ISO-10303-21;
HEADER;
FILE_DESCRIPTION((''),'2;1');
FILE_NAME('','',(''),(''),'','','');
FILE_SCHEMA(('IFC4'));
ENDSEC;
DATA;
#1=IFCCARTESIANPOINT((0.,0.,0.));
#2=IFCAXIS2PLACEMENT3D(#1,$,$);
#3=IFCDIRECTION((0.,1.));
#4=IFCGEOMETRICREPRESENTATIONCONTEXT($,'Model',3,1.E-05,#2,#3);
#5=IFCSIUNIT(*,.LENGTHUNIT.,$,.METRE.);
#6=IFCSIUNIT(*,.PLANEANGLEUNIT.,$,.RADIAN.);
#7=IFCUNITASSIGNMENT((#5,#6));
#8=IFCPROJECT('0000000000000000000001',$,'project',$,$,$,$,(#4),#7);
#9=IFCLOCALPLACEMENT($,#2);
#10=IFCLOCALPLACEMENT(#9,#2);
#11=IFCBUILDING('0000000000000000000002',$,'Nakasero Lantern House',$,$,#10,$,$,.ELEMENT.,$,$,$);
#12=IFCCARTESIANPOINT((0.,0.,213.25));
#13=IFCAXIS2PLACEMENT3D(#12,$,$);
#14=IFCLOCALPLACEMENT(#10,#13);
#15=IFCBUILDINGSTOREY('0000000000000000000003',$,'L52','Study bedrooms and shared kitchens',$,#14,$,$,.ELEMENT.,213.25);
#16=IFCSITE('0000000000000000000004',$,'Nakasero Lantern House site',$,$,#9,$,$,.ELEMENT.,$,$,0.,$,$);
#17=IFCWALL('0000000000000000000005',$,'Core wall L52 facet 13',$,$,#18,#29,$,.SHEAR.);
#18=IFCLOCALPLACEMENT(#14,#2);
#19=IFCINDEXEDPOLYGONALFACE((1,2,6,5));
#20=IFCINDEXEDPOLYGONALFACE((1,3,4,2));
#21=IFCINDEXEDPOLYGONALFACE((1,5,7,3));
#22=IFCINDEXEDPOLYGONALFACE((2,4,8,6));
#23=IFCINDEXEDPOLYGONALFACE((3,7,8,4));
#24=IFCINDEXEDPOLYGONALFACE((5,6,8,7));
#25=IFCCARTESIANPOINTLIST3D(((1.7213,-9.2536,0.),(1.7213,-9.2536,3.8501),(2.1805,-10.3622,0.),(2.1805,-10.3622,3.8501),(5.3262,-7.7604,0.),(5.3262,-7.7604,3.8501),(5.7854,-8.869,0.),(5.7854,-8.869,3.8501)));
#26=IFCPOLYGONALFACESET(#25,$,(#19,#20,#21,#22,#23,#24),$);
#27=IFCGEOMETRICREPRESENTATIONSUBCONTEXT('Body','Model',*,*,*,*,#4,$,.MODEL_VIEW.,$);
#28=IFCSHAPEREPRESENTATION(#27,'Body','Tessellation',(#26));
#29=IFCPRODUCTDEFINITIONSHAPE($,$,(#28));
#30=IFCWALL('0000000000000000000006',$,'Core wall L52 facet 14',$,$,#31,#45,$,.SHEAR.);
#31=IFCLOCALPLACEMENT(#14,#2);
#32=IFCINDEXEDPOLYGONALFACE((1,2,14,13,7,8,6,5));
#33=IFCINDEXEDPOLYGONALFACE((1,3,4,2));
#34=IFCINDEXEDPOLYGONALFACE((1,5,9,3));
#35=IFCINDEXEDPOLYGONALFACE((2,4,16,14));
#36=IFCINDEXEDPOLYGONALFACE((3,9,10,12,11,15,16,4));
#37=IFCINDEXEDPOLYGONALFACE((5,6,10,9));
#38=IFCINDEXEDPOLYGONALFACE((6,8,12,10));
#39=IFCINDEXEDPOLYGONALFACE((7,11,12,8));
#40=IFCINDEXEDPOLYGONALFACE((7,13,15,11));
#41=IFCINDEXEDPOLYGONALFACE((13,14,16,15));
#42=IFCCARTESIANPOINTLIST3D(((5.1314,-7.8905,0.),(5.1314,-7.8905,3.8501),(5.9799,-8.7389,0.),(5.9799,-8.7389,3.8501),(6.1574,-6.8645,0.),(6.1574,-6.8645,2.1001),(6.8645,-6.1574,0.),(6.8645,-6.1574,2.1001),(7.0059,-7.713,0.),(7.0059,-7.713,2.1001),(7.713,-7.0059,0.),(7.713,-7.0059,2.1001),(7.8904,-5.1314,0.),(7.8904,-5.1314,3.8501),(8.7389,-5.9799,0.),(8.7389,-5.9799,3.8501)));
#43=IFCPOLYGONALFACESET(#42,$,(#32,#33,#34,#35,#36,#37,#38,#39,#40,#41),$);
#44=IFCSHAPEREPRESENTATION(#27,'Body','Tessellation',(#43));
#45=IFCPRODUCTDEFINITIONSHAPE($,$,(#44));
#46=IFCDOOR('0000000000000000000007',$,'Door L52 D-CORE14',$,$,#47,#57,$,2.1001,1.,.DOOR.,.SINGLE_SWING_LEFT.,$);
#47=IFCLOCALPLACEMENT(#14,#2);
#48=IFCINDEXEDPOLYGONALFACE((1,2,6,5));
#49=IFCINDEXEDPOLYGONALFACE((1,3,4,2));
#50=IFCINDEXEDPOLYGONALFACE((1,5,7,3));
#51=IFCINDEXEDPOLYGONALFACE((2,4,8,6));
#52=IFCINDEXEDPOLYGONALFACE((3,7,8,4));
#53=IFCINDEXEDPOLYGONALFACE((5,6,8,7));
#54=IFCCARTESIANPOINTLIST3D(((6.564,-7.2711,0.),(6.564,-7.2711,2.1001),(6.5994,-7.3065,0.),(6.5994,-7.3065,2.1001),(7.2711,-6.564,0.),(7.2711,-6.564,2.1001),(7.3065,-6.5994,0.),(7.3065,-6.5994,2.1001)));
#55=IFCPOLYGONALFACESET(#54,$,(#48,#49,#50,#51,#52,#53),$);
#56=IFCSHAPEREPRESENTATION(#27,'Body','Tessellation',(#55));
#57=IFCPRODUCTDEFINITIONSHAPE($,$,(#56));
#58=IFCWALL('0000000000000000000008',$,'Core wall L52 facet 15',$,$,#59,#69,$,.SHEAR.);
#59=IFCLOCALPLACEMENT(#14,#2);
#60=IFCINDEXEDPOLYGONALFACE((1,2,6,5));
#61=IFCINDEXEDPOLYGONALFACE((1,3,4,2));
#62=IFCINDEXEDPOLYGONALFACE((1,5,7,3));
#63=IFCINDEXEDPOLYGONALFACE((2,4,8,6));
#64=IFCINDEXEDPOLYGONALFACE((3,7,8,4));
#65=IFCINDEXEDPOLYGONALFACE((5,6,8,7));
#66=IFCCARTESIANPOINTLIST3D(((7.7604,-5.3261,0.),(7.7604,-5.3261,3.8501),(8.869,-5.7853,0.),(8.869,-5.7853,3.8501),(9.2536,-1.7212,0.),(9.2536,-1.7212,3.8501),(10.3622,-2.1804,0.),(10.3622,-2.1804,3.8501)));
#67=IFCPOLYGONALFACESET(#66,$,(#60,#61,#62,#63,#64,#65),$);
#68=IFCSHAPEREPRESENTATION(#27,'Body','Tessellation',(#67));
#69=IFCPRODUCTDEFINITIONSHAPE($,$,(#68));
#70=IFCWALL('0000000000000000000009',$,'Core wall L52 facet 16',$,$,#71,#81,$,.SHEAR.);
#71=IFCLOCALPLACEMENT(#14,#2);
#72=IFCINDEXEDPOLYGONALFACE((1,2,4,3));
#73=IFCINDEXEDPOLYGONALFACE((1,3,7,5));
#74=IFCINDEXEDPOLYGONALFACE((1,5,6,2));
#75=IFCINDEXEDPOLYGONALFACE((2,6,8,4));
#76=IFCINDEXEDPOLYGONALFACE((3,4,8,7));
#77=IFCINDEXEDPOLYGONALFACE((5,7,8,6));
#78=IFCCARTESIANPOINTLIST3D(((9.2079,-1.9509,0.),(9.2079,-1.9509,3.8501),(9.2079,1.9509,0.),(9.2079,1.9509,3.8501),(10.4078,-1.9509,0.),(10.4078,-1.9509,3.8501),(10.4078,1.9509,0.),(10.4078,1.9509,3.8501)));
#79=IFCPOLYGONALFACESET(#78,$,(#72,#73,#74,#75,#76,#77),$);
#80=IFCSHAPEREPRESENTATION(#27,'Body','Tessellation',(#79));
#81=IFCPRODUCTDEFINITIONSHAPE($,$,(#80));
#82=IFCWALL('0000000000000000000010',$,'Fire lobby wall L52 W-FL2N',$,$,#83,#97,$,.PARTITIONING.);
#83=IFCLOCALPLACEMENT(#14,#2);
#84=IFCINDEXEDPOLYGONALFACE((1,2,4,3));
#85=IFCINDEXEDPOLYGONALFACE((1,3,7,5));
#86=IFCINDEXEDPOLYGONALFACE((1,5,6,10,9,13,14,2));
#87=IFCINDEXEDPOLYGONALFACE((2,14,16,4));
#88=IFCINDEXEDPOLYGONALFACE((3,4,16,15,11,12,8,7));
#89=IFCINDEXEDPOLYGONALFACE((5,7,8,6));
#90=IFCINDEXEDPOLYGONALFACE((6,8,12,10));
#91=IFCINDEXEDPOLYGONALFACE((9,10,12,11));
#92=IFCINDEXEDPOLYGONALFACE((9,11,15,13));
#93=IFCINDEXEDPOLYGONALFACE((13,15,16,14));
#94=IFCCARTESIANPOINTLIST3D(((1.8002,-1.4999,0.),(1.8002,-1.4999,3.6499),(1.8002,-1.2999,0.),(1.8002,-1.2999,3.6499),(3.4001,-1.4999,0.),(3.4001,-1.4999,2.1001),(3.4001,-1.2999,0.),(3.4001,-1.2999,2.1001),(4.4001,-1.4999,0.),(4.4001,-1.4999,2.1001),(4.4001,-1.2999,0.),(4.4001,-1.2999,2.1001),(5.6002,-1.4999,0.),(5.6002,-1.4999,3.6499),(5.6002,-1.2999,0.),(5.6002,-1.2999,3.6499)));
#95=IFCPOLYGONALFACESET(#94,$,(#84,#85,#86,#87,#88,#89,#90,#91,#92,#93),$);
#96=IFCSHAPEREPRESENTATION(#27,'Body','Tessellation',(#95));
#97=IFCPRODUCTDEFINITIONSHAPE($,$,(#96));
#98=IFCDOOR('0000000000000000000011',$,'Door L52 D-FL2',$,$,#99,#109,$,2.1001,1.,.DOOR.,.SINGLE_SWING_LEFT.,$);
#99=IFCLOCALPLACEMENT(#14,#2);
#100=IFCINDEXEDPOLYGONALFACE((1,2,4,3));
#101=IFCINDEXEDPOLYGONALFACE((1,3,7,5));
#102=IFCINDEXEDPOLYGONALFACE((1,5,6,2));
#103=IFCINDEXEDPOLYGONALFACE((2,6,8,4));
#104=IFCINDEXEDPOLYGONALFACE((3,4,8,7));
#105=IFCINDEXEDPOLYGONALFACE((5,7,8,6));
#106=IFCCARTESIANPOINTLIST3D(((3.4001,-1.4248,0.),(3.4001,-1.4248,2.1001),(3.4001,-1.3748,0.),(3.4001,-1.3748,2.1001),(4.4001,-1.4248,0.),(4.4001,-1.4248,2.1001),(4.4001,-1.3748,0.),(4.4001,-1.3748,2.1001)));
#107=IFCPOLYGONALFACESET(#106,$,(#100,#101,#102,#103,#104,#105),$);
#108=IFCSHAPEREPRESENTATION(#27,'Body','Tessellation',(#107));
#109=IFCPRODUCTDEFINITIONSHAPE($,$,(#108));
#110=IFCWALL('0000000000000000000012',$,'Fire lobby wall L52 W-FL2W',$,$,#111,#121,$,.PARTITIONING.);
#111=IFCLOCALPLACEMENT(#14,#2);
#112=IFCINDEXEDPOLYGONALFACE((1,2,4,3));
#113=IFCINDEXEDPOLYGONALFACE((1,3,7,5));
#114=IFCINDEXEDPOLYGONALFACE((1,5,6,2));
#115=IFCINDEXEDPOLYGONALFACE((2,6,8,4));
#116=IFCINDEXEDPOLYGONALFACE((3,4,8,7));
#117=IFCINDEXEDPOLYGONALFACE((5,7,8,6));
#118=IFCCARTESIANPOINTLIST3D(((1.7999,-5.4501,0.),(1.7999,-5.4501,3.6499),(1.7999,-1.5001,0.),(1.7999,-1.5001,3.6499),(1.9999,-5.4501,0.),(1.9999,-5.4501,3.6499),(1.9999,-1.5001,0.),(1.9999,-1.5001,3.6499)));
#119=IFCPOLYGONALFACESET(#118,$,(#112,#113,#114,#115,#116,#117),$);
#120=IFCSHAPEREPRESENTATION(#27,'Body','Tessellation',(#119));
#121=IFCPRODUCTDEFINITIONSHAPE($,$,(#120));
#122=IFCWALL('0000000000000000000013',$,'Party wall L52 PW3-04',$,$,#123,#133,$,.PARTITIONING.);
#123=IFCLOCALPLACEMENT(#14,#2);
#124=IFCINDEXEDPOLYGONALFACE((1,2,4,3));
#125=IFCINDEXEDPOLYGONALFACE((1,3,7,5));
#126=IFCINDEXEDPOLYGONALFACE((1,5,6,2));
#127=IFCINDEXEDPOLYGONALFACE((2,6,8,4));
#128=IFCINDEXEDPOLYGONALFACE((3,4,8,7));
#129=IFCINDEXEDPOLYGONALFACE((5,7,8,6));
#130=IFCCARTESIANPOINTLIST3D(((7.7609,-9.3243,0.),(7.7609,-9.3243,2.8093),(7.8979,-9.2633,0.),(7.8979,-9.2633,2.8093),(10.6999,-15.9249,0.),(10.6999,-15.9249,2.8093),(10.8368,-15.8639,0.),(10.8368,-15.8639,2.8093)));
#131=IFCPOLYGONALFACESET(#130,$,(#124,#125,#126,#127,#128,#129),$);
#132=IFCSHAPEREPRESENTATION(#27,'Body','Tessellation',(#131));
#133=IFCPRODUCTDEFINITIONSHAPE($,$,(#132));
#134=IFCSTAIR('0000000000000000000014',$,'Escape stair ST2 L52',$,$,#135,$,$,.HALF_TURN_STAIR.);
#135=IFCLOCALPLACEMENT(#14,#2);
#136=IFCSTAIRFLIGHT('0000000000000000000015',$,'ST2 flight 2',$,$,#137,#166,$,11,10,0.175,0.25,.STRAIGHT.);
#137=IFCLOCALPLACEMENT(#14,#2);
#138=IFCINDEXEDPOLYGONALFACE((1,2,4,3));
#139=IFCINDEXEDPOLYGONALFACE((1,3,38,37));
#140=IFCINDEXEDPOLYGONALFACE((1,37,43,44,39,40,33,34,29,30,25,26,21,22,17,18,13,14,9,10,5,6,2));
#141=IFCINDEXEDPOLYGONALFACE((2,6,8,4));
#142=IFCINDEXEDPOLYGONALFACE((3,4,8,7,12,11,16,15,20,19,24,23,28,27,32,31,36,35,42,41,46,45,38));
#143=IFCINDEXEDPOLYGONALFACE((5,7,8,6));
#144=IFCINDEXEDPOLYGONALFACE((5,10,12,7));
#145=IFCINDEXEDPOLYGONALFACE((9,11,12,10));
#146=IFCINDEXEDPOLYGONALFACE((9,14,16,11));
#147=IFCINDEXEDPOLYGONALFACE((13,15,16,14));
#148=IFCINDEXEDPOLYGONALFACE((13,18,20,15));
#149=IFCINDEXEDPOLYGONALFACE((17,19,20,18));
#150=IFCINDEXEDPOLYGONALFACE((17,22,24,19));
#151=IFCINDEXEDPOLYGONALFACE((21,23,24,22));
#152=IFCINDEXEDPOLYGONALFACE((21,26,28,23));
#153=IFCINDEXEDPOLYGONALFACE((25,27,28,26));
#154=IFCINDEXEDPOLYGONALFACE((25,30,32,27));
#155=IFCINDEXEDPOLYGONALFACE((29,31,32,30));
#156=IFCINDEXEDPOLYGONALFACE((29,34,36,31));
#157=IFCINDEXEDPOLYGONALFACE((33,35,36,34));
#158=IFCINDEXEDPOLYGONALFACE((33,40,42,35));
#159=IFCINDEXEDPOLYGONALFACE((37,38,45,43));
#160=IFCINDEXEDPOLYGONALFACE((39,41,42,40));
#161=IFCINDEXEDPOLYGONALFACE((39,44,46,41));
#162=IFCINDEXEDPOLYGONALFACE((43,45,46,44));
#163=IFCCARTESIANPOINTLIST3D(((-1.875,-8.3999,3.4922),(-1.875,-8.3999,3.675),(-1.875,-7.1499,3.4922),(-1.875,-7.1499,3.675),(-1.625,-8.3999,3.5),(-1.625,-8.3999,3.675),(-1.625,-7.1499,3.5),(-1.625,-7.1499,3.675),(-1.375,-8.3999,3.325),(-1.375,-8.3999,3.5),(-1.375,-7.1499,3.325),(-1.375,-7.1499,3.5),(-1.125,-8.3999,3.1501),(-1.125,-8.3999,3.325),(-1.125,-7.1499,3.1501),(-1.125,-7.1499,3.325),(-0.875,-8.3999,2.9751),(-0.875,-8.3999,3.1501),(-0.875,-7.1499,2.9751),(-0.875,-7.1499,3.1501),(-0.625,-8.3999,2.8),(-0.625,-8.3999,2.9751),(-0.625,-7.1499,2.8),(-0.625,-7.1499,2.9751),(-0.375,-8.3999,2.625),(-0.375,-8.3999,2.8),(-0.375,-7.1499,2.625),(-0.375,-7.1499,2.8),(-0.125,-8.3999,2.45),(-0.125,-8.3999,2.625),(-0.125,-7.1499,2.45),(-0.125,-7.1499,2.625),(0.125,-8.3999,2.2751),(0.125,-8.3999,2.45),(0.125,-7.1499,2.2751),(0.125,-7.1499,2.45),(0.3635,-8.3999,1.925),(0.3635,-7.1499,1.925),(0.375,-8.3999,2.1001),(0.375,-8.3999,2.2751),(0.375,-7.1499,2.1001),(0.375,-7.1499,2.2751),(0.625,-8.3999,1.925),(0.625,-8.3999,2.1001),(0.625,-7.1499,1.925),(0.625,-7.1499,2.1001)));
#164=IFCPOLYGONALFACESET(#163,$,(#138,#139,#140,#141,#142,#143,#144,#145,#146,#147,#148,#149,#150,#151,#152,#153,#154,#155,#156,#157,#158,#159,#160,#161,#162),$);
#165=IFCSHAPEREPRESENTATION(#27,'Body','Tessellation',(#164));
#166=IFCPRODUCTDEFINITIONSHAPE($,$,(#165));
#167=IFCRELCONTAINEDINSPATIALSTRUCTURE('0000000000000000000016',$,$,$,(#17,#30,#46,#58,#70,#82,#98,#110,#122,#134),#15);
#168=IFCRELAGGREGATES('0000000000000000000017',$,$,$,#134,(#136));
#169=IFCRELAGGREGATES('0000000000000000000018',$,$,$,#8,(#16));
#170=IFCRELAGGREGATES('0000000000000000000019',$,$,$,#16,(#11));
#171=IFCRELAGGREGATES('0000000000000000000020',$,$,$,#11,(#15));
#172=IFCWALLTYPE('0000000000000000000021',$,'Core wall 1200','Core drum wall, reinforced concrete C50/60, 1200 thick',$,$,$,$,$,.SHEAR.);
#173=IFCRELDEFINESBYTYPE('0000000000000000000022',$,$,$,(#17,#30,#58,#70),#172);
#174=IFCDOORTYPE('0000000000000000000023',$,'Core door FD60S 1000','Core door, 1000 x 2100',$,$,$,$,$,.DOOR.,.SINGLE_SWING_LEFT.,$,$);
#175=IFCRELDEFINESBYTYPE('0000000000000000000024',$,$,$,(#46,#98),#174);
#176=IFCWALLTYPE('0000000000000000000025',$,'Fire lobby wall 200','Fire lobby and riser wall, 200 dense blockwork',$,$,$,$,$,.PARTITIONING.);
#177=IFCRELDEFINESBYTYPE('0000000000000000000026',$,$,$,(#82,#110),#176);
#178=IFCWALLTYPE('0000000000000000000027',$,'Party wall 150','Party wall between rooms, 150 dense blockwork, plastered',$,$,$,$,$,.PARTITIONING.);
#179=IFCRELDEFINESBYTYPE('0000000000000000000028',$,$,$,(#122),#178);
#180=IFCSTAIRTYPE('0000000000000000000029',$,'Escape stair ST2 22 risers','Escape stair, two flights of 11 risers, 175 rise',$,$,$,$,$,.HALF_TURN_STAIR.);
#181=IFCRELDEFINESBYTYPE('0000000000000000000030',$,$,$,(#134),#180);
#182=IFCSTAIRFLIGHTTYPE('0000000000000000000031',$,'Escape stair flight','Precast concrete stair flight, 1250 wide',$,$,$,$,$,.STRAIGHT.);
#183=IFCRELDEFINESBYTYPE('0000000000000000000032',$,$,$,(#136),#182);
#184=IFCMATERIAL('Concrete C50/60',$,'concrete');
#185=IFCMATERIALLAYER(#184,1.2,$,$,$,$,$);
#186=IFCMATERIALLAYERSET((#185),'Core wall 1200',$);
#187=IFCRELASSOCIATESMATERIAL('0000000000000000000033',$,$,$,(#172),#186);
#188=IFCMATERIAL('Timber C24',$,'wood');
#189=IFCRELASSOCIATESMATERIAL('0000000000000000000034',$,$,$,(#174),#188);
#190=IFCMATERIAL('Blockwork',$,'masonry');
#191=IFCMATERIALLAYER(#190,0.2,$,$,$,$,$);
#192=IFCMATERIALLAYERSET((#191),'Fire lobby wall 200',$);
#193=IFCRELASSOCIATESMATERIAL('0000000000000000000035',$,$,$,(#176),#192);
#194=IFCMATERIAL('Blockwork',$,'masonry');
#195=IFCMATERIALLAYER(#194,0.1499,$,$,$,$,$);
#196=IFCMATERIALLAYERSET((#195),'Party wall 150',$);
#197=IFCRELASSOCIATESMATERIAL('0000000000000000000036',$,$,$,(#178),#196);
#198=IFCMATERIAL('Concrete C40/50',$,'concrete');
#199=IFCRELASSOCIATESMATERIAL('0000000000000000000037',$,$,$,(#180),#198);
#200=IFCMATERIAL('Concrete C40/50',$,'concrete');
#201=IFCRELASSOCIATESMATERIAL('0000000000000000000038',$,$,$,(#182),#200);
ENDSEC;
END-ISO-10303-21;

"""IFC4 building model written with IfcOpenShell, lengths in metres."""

from ifc_helpers import new_model, si_unit, direction, frame, frame_2d, origin, place, context, subcontext, project, spatial, polyline, rectangle, outline, extrude, material, layer, layer_set, type_object, element, fill, aggregate, save


model = new_model("IFC4")

# Units and contexts
model_context = context("Model", 3, precision=1e-05, world=origin(), true_north=direction((0.0, 1.0)))
body_context = subcontext(model_context, "Body", "Model", "MODEL_VIEW")
ifc_project = project(units=[si_unit("LENGTHUNIT", "METRE"), si_unit("PLANEANGLEUNIT", "RADIAN")], contexts=[model_context])

# Site, building, storey
site_placement = place(None, origin())
site = spatial("IfcSite", under=ifc_project, at=site_placement, Name="Nakasero Lantern House site", CompositionType="ELEMENT", RefElevation=0.0)
building_placement = place(site_placement, origin())
building = spatial("IfcBuilding", under=site, at=building_placement, Name="Nakasero Lantern House", CompositionType="ELEMENT")
storey_placement = place(building_placement, frame((0.0, 0.0, 213.25)))
storey = spatial("IfcBuildingStorey", under=building, at=storey_placement, Name="L52", Description="Study bedrooms and shared kitchens", CompositionType="ELEMENT", Elevation=213.25)

# Wall
ifc_material_1 = material(Name="Concrete C50/60", Category="concrete")
ifc_layer_1 = layer(ifc_material_1, 1.2)
ifc_layer_set_1 = layer_set([ifc_layer_1], Name="Core wall 1200")
wall_type_1 = type_object("IfcWallType", Name="Core wall 1200", Description="Core drum wall, reinforced concrete C50/60, 1200 thick", PredefinedType="SHEAR", material=ifc_layer_set_1)
wall_1_placement = place(storey_placement, frame((1.9509, -9.8079, 0.0), z_axis=(0.0, 0.0, 1.0), x_axis=(0.923877, 0.382691, 0.0)))
element("IfcWall", 1, at=wall_1_placement, inside=storey, type_object=wall_type_1, Name="Core wall L52 facet 13", PredefinedType="SHEAR", context=body_context, shape_type="SweptSolid", body=[
    extrude(rectangle(XDim=3.9019, YDim=1.2, at=frame_2d((1.9509, 0.0))), origin(), (0.0, 0.0, 1.0), 3.8501),
])

# Wall, opening, door
wall_2_placement = place(storey_placement, frame((5.5557, -8.3147, 0.0), z_axis=(0.0, 0.0, 1.0), x_axis=(0.707107, 0.707107, 0.0)))
wall_2 = element("IfcWall", 2, at=wall_2_placement, inside=storey, type_object=wall_type_1, Name="Core wall L52 facet 14", PredefinedType="SHEAR", context=body_context, shape_type="SweptSolid", body=[
    extrude(rectangle(XDim=3.9019, YDim=1.2, at=frame_2d((1.9509, 0.0))), origin(), (0.0, 0.0, 1.0), 3.8501),
])
opening_1_placement = place(wall_2_placement, frame((1.4509, 0.0, 0.0)))
opening_1 = element("IfcOpeningElement", 3, at=opening_1_placement, cuts=wall_2, PredefinedType="OPENING", context=body_context, shape_type="SweptSolid", body=[
    extrude(rectangle(XDim=1.0, YDim=2.1001, at=frame_2d((0.5, 1.05))), frame((0.0, 0.6199, 0.0), z_axis=(0.0, -1.0, 0.0), x_axis=(1.0, 0.0, 0.0)), (0.0, 0.0, 1.0), 1.24),
])
ifc_material_2 = material(Name="Timber C24", Category="wood")
door_type_1 = type_object("IfcDoorType", Name="Core door FD60S 1000", Description="Core door, 1000 x 2100", OperationType="SINGLE_SWING_LEFT", PredefinedType="DOOR", material=ifc_material_2)
door_1_placement = place(opening_1_placement, origin())
door_1 = element("IfcDoor", 4, at=door_1_placement, inside=storey, type_object=door_type_1, Name="Door L52 D-CORE14", OperationType="SINGLE_SWING_LEFT", OverallHeight=2.1001, OverallWidth=1.0, PredefinedType="DOOR", context=body_context, shape_type="SweptSolid", body=[
    extrude(rectangle(XDim=1.0, YDim=2.1001, at=frame_2d((0.5, 1.05))), frame((0.0, 0.0249, 0.0), z_axis=(0.0, -1.0, 0.0), x_axis=(1.0, 0.0, 0.0)), (0.0, 0.0, 1.0), 0.05),
])
fill(opening_1, door_1)

# Walls
for number, where, z_axis, x_axis, name in (
    (5, (8.3147, -5.5557, 0.0), (0.0, 0.0, 1.0), (0.382691, 0.923877, 0.0), "Core wall L52 facet 15"),
    (6, (9.8079, -1.9509, 0.0), (0.0, 0.0, 1.0), (0.0, 1.0, 0.0), "Core wall L52 facet 16"),
):
    element("IfcWall", number, at=place(storey_placement, frame(where, z_axis=z_axis, x_axis=x_axis)), inside=storey, type_object=wall_type_1, Name=name, PredefinedType="SHEAR", context=body_context, shape_type="SweptSolid", body=[
        extrude(rectangle(XDim=3.9019, YDim=1.2, at=frame_2d((1.9509, 0.0))), origin(), (0.0, 0.0, 1.0), 3.8501),
    ])

# Wall, opening, door
ifc_material_3 = material(Name="Blockwork", Category="masonry")
ifc_layer_2 = layer(ifc_material_3, 0.2)
ifc_layer_set_2 = layer_set([ifc_layer_2], Name="Fire lobby wall 200")
wall_type_2 = type_object("IfcWallType", Name="Fire lobby wall 200", Description="Fire lobby and riser wall, 200 dense blockwork", PredefinedType="PARTITIONING", material=ifc_layer_set_2)
wall_3_placement = place(storey_placement, frame((5.6001, -1.3999, 0.0), z_axis=(0.0, 0.0, 1.0), x_axis=(-1.0, 0.0, 0.0)))
wall_3 = element("IfcWall", 7, at=wall_3_placement, inside=storey, type_object=wall_type_2, Name="Fire lobby wall L52 W-FL2N", PredefinedType="PARTITIONING", context=body_context, shape_type="SweptSolid", body=[
    extrude(rectangle(XDim=3.8, YDim=0.2, at=frame_2d((1.8999, 0.0))), origin(), (0.0, 0.0, 1.0), 3.6499),
])
opening_2_placement = place(wall_3_placement, frame((1.2, 0.0, 0.0)))
opening_2 = element("IfcOpeningElement", 8, at=opening_2_placement, cuts=wall_3, PredefinedType="OPENING", context=body_context, shape_type="SweptSolid", body=[
    extrude(rectangle(XDim=1.0, YDim=2.1001, at=frame_2d((0.5, 1.05))), frame((0.0, 0.1199, 0.0), z_axis=(0.0, -1.0, 0.0), x_axis=(1.0, 0.0, 0.0)), (0.0, 0.0, 1.0), 0.24),
])
door_2_placement = place(opening_2_placement, origin())
door_2 = element("IfcDoor", 9, at=door_2_placement, inside=storey, type_object=door_type_1, Name="Door L52 D-FL2", OperationType="SINGLE_SWING_LEFT", OverallHeight=2.1001, OverallWidth=1.0, PredefinedType="DOOR", context=body_context, shape_type="SweptSolid", body=[
    extrude(rectangle(XDim=1.0, YDim=2.1001, at=frame_2d((0.5, 1.05))), frame((0.0, 0.0249, 0.0), z_axis=(0.0, -1.0, 0.0), x_axis=(1.0, 0.0, 0.0)), (0.0, 0.0, 1.0), 0.05),
])
fill(opening_2, door_2)

# Walls
wall_4_placement = place(storey_placement, frame((1.8999, -1.5, 0.0), z_axis=(0.0, 0.0, 1.0), x_axis=(0.0, -1.0, 0.0)))
element("IfcWall", 10, at=wall_4_placement, inside=storey, type_object=wall_type_2, Name="Fire lobby wall L52 W-FL2W", PredefinedType="PARTITIONING", context=body_context, shape_type="SweptSolid", body=[
    extrude(rectangle(XDim=3.95, YDim=0.2, at=frame_2d((1.9751, 0.0))), origin(), (0.0, 0.0, 1.0), 3.6499),
])
ifc_material_4 = material(Name="Blockwork", Category="masonry")
ifc_layer_3 = layer(ifc_material_4, 0.1499)
ifc_layer_set_3 = layer_set([ifc_layer_3], Name="Party wall 150")
wall_type_3 = type_object("IfcWallType", Name="Party wall 150", Description="Party wall between rooms, 150 dense blockwork, plastered", PredefinedType="PARTITIONING", material=ifc_layer_set_3)
wall_5_placement = place(storey_placement, frame((7.8293, -9.2937, 0.0), z_axis=(0.0, 0.0, 1.0), x_axis=(0.406759, -0.913535, 0.0)))
element("IfcWall", 11, at=wall_5_placement, inside=storey, type_object=wall_type_3, Name="Party wall L52 PW3-04", PredefinedType="PARTITIONING", context=body_context, shape_type="SweptSolid", body=[
    extrude(rectangle(XDim=7.2253, YDim=0.1499, at=frame_2d((3.6128, 0.0))), origin(), (0.0, 0.0, 1.0), 2.8093),
])

# Stair, stair flight
ifc_material_5 = material(Name="Concrete C40/50", Category="concrete")
stair_type = type_object("IfcStairType", Name="Escape stair ST2 22 risers", Description="Escape stair, two flights of 11 risers, 175 rise", PredefinedType="HALF_TURN_STAIR", material=ifc_material_5)
stair_placement = place(storey_placement, origin())
stair = element("IfcStair", 12, at=stair_placement, inside=storey, type_object=stair_type, Name="Escape stair ST2 L52", PredefinedType="HALF_TURN_STAIR")
ifc_material_6 = material(Name="Concrete C40/50", Category="concrete")
stair_flight_type = type_object("IfcStairFlightType", Name="Escape stair flight", Description="Precast concrete stair flight, 1250 wide", PredefinedType="STRAIGHT", material=ifc_material_6)
stair_flight_placement = place(storey_placement, frame((0.625, -7.7749, 1.925), z_axis=(0.0, 0.0, 1.0), x_axis=(-1.0, 0.0, 0.0)))
stair_flight = element("IfcStairFlight", 13, at=stair_flight_placement, type_object=stair_flight_type, Name="ST2 flight 2", NumberOfRisers=11, NumberOfTreads=10, PredefinedType="STRAIGHT", RiserHeight=0.175, TreadLength=0.25, context=body_context, shape_type="SweptSolid", body=[
    extrude(outline(polyline([(0.0, 0.0), (0.0, 0.175), (0.25, 0.175), (0.25, 0.3501), (0.5, 0.3501), (0.5, 0.5249), (0.75, 0.5249), (0.75, 0.7), (1.0, 0.7), (1.0, 0.875), (1.25, 0.875), (1.25, 1.05), (1.5, 1.05), (1.5, 1.2251), (1.75, 1.2251), (1.75, 1.3999), (2.0, 1.3999), (2.0, 1.575), (2.25, 1.575), (2.25, 1.75), (2.5, 1.75), (2.5, 1.925), (2.5, 1.5671), (0.2615, 0.0), (0.0, 0.0)])), frame((0.0, 0.625, 0.0), z_axis=(0.0, -1.0, 0.0), x_axis=(1.0, 0.0, 0.0)), (0.0, 0.0, 1.0), 1.25),
])
aggregate(stair, [stair_flight])

save(model, "model.ifc")
